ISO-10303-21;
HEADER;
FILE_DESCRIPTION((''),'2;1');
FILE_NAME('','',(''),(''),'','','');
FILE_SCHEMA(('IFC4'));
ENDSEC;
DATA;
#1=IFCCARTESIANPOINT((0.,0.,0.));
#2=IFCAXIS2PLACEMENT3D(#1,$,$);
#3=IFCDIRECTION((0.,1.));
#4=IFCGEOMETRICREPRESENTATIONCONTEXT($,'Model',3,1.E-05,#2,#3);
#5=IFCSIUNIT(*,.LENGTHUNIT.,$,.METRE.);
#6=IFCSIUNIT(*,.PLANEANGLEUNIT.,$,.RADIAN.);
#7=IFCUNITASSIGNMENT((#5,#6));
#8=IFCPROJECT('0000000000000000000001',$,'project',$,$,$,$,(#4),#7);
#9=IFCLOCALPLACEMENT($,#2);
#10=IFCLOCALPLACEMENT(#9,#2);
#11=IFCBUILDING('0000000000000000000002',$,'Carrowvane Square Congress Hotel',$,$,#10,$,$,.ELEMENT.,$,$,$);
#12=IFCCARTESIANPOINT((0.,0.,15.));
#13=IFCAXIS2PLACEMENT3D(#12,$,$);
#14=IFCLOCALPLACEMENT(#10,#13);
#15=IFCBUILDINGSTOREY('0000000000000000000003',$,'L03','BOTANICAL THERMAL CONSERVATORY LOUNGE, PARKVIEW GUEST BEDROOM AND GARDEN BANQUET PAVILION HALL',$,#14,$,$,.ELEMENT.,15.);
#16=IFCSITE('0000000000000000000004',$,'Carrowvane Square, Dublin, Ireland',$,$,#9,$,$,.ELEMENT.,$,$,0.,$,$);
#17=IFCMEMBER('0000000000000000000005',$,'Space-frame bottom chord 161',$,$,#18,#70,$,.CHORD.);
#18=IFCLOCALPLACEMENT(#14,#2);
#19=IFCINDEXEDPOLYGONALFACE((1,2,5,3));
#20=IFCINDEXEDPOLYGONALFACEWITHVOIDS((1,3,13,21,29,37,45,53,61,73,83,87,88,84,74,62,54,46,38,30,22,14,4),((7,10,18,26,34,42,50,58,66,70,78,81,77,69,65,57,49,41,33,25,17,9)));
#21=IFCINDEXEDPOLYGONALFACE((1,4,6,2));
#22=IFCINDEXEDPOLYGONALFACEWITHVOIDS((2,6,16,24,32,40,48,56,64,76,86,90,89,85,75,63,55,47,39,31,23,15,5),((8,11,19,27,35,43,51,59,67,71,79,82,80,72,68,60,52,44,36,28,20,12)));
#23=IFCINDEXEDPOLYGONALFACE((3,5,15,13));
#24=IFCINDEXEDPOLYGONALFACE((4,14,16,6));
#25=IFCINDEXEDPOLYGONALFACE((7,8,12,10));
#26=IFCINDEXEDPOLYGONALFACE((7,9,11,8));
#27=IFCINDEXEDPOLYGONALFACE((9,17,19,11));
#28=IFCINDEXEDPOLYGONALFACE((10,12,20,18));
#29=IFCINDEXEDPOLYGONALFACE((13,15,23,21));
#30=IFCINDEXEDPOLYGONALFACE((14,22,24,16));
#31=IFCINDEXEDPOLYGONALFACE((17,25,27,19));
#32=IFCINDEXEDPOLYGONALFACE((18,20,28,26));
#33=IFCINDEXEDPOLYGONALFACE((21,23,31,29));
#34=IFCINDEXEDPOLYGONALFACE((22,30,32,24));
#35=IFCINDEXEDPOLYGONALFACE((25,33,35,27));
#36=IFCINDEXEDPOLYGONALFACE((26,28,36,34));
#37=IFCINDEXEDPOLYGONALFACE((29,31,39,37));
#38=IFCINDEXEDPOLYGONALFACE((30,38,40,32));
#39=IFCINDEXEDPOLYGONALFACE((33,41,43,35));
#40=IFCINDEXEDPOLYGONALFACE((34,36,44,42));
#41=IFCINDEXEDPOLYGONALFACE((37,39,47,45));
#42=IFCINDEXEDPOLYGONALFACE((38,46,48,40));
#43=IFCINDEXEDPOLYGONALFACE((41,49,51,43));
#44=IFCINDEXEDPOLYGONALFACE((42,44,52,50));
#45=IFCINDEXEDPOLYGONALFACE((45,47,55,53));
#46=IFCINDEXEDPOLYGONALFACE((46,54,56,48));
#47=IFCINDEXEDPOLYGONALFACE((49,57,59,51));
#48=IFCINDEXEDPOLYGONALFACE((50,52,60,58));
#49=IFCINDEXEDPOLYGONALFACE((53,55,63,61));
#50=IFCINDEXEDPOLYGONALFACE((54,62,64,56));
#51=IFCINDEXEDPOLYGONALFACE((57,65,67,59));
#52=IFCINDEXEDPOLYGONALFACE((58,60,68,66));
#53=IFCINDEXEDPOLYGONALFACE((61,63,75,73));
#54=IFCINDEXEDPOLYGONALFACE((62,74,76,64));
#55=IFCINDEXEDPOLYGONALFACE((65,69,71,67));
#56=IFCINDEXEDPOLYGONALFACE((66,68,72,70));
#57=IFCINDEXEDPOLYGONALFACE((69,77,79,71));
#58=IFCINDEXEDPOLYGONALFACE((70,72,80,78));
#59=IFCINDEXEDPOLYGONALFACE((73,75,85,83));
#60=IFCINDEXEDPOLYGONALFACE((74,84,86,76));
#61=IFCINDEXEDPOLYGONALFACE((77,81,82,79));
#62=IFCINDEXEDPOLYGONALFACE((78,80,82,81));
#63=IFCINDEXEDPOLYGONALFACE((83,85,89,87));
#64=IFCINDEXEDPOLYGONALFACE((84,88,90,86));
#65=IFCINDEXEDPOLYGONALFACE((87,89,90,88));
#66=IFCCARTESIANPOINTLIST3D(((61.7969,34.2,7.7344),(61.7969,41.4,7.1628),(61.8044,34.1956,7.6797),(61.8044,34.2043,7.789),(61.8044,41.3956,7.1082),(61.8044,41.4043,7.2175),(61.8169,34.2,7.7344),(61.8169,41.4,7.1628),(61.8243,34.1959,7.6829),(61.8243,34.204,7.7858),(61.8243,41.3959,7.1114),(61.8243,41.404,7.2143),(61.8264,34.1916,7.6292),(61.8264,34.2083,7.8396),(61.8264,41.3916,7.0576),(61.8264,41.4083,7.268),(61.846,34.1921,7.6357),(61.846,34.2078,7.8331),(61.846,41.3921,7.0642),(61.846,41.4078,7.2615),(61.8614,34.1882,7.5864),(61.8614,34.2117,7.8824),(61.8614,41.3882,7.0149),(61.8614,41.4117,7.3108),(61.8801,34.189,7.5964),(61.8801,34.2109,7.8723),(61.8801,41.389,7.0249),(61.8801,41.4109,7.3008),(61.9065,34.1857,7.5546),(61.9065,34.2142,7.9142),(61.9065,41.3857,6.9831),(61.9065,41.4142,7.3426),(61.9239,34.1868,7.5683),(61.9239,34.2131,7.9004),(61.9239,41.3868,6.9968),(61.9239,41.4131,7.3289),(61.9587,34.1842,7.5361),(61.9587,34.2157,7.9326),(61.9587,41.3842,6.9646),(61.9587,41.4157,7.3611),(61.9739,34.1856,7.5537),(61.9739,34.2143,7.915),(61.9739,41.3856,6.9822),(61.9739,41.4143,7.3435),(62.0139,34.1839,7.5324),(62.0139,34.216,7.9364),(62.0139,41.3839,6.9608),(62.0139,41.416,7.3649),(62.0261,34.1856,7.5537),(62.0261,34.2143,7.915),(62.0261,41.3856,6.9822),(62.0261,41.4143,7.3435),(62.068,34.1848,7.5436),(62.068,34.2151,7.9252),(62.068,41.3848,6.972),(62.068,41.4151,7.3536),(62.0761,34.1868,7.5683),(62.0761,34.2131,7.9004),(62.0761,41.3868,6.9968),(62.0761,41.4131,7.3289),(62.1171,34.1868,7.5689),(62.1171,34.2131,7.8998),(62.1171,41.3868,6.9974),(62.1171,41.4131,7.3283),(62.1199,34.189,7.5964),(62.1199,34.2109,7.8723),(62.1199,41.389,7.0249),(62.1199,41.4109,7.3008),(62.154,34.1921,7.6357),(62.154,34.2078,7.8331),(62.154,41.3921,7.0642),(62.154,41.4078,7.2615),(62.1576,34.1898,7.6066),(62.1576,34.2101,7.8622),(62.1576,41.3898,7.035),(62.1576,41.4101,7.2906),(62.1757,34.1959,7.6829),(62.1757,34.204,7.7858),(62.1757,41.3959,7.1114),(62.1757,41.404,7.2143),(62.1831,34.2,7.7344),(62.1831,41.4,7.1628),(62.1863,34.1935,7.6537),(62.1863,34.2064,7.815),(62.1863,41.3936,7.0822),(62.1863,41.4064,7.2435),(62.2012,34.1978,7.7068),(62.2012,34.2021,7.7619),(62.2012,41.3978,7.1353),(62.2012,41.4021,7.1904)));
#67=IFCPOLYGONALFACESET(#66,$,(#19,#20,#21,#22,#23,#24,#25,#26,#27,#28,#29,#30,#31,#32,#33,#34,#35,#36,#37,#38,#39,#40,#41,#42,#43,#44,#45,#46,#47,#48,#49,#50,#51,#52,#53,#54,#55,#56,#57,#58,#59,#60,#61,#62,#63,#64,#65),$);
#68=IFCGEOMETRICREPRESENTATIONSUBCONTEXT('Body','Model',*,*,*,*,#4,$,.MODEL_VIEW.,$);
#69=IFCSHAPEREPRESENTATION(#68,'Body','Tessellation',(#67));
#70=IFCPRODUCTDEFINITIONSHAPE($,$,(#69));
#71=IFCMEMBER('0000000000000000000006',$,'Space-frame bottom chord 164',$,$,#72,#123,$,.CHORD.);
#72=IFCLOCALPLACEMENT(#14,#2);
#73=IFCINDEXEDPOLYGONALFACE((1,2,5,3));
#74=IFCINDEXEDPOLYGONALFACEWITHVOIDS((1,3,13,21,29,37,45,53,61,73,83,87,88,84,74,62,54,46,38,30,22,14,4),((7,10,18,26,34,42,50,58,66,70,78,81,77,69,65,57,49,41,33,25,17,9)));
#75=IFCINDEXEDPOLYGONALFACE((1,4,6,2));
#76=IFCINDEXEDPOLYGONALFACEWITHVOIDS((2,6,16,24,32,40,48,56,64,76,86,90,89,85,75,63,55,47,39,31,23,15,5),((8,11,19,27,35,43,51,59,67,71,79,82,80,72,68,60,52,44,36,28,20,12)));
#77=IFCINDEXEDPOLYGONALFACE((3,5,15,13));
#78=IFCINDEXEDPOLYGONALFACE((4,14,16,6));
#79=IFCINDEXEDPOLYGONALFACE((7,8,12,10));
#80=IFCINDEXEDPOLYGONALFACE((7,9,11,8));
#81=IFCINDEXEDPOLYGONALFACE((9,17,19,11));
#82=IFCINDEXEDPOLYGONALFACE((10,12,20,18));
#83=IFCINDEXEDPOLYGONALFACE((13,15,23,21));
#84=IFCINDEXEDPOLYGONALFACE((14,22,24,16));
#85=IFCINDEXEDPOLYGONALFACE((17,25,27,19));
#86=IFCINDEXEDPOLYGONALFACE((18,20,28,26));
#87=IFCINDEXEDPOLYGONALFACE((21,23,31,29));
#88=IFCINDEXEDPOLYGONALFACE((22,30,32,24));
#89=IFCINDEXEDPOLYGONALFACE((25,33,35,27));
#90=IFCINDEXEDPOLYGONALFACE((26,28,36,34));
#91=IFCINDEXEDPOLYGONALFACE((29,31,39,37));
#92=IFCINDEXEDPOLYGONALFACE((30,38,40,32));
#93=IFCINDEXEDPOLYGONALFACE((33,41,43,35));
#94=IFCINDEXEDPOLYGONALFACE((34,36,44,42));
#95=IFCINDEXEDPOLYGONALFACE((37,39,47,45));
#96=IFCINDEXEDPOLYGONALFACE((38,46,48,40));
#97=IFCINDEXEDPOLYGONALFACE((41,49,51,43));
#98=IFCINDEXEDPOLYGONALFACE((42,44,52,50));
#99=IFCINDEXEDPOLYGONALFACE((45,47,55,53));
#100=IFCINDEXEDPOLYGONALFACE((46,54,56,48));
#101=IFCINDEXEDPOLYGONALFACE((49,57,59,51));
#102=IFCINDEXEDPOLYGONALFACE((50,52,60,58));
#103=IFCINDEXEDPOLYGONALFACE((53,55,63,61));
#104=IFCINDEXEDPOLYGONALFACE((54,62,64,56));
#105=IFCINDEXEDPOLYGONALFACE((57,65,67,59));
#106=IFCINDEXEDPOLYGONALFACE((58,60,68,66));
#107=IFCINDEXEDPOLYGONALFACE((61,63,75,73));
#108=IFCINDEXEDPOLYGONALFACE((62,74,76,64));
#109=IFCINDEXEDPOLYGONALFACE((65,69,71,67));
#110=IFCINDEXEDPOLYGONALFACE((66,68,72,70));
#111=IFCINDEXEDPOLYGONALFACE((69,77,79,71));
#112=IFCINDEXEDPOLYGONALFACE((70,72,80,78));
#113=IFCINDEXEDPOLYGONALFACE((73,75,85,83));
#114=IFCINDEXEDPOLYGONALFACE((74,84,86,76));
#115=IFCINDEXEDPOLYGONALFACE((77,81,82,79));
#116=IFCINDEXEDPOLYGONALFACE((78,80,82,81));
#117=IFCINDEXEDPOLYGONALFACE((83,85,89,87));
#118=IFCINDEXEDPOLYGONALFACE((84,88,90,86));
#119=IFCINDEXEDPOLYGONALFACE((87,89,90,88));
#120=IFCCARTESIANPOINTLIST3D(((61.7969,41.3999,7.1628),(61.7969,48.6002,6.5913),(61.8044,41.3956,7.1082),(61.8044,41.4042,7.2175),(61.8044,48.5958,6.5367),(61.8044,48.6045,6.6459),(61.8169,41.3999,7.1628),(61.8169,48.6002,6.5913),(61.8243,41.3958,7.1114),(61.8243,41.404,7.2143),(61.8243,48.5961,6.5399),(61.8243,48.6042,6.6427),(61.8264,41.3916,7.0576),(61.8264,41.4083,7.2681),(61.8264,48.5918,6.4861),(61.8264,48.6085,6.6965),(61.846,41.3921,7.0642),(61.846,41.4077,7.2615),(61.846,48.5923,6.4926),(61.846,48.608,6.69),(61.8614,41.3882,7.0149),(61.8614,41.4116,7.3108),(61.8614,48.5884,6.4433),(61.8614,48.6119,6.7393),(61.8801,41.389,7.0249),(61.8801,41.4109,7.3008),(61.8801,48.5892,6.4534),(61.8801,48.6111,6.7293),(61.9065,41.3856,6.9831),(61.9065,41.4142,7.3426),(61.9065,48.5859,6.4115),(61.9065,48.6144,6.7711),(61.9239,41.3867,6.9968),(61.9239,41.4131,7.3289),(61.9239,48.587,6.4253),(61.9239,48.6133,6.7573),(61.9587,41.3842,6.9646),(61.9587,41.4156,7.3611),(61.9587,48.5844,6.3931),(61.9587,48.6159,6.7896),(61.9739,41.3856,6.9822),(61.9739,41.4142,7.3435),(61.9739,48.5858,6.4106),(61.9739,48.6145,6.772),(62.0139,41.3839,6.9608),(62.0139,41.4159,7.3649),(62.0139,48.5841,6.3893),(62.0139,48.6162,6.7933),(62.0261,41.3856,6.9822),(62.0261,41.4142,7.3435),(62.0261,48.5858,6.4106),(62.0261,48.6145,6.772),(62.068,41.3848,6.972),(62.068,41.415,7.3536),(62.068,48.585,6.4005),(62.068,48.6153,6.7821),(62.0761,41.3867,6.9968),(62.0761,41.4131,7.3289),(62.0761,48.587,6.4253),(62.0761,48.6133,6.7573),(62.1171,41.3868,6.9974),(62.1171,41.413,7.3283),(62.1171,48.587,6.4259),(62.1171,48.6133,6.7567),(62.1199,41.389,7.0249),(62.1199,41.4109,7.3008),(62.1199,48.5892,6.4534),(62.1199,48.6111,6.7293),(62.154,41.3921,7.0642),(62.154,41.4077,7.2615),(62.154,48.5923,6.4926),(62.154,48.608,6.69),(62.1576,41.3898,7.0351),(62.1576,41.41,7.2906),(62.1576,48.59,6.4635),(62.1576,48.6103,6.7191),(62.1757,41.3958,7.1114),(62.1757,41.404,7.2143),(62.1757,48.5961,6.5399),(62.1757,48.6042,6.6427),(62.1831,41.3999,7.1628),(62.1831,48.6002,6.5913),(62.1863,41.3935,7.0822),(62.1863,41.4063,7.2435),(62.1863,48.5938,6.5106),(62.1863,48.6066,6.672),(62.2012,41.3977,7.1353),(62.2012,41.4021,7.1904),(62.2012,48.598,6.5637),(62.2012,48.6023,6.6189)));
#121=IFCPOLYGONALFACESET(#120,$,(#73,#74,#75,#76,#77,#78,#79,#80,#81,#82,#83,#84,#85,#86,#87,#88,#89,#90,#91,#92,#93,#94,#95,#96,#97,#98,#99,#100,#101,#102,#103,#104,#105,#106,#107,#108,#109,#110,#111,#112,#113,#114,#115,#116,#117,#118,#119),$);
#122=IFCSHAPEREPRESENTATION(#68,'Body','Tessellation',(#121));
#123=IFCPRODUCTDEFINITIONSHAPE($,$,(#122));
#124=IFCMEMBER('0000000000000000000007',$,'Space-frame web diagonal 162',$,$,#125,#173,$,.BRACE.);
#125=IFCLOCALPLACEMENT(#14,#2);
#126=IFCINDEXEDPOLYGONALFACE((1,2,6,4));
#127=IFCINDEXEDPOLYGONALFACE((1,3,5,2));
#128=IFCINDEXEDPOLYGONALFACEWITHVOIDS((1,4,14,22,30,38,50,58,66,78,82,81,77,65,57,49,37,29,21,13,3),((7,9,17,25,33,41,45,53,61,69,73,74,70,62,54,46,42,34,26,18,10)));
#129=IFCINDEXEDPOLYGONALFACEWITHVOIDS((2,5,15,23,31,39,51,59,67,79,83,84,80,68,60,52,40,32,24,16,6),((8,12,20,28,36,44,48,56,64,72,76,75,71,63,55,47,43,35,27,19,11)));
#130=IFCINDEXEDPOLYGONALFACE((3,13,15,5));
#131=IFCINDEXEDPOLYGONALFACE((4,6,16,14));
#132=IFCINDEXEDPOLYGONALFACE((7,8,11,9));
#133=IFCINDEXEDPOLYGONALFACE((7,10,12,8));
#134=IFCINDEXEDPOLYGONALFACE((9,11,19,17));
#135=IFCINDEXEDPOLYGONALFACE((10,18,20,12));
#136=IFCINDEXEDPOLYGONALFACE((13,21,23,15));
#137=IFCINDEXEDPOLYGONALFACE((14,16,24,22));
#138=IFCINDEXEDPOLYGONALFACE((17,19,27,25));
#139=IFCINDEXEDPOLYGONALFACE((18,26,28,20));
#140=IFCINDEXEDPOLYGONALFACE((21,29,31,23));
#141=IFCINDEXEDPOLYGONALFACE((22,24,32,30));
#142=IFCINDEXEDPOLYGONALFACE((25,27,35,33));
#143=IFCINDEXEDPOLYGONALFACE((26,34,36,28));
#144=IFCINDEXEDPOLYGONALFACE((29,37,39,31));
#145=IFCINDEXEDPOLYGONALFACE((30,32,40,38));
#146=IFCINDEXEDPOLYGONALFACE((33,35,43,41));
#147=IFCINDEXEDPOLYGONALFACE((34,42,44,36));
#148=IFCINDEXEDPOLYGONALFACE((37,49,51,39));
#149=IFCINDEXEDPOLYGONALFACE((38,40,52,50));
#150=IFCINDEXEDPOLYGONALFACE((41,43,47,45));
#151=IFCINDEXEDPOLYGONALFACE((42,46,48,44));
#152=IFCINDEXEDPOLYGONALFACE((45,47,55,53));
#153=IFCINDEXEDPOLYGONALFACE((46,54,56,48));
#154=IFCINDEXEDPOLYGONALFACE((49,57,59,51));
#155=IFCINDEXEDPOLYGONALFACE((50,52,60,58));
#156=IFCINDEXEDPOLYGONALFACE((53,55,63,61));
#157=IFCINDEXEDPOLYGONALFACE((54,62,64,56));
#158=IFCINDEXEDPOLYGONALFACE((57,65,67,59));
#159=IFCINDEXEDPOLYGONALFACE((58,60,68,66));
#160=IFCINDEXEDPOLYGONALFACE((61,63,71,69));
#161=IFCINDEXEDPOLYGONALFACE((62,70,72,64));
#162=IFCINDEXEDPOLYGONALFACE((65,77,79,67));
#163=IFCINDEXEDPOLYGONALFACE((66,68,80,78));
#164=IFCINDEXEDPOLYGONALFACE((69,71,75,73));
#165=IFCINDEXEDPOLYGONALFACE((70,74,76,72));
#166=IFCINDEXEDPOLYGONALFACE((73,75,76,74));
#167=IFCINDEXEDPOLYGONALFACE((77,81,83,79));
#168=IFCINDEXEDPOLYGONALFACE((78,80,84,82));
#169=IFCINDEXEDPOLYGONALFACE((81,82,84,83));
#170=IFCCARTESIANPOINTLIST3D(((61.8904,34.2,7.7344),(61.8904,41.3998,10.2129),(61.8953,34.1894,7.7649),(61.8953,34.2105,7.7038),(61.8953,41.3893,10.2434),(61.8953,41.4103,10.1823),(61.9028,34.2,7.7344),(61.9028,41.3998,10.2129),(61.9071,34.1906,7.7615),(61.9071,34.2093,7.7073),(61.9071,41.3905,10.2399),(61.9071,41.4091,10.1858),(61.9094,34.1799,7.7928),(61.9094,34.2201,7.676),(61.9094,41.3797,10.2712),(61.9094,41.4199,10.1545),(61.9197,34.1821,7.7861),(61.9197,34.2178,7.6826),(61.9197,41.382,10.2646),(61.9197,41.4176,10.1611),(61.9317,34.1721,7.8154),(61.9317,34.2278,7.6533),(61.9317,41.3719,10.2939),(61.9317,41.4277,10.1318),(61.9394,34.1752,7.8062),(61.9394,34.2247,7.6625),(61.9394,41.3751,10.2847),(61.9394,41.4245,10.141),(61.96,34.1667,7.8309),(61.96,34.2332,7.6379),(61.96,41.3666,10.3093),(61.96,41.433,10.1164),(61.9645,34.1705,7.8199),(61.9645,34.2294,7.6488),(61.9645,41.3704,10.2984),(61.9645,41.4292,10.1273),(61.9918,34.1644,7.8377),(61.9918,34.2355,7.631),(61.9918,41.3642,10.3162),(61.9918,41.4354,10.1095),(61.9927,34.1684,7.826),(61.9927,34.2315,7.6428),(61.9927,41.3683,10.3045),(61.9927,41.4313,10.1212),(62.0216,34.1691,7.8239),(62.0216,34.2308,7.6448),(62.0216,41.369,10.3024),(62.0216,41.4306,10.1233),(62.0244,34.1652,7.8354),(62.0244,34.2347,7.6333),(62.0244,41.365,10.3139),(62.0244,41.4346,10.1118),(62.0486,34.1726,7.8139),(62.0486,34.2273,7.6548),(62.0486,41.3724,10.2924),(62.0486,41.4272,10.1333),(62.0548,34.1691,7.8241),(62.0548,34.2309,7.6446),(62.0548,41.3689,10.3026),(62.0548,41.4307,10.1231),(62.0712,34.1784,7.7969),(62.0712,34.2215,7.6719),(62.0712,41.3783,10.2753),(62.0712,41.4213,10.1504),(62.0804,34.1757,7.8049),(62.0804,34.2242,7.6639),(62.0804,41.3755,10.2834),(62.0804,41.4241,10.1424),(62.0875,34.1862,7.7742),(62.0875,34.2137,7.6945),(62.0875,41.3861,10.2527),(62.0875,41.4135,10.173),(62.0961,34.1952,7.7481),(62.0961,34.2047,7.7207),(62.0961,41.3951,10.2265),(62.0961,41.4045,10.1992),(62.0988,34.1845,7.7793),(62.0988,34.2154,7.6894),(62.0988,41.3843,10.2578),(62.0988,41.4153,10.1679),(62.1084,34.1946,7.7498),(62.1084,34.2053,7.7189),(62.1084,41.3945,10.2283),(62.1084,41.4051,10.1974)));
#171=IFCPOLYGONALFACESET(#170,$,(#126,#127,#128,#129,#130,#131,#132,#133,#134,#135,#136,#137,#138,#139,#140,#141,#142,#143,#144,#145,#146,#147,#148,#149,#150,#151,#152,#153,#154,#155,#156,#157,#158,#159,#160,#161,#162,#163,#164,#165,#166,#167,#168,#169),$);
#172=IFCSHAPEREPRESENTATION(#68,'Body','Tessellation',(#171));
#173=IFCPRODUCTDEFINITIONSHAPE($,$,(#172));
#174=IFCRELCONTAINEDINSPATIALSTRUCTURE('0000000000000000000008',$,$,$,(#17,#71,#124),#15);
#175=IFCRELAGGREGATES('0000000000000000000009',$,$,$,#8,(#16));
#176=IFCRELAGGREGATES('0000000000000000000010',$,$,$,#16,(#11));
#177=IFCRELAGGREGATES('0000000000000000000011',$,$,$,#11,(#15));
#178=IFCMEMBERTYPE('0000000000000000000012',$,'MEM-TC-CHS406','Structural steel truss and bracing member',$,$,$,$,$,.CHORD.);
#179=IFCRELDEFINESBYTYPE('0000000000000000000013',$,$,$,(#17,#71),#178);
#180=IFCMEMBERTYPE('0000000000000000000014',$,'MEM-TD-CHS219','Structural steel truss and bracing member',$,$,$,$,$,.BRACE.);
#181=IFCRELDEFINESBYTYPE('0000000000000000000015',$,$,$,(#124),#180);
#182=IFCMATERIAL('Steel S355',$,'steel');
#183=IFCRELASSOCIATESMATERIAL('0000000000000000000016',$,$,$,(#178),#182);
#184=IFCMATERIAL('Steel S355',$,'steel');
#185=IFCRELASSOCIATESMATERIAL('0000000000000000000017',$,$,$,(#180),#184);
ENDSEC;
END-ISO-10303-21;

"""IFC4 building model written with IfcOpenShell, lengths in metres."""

from ifc_helpers import new_model, si_unit, direction, frame, origin, origin_2d, place, context, subcontext, project, spatial, hollow_circle, extrude, material, material_profile, profile_set, type_object, element, save


model = new_model("IFC4")

# Units and contexts
model_context = context("Model", 3, precision=1e-05, world=origin(), true_north=direction((0.0, 1.0)))
body_context = subcontext(model_context, "Body", "Model", "MODEL_VIEW")
ifc_project = project(units=[si_unit("LENGTHUNIT", "METRE"), si_unit("PLANEANGLEUNIT", "RADIAN")], contexts=[model_context])

# Site, building, storey
site_placement = place(None, origin())
site = spatial("IfcSite", under=ifc_project, at=site_placement, Name="Carrowvane Square, Dublin, Ireland", CompositionType="ELEMENT", RefElevation=0.0)
building_placement = place(site_placement, origin())
building = spatial("IfcBuilding", under=site, at=building_placement, Name="Carrowvane Square Congress Hotel", CompositionType="ELEMENT")
storey_placement = place(building_placement, frame((0.0, 0.0, 15.0)))
storey = spatial("IfcBuildingStorey", under=building, at=storey_placement, Name="L03", Description="BOTANICAL THERMAL CONSERVATORY LOUNGE, PARKVIEW GUEST BEDROOM AND GARDEN BANQUET PAVILION HALL", CompositionType="ELEMENT", Elevation=15.0)

# Members
ifc_material_1 = material(Name="Steel S355", Category="steel")
ifc_material_profile_1 = material_profile(ifc_material_1, hollow_circle(Radius=0.2031, WallThickness=0.02, at=origin_2d()), Name="CHS 406.4x20")
ifc_profile_set_1 = profile_set([ifc_material_profile_1], Name="Steel S355")
member_type_1 = type_object("IfcMemberType", Name="MEM-TC-CHS406", Description="Structural steel truss and bracing member", PredefinedType="CHORD", material=ifc_profile_set_1)
member_1_placement = place(storey_placement, frame((62.0, 34.2, 7.7344), z_axis=(0.0, 0.996864, -0.079131), x_axis=(-1.0, 0.0, 0.0)))
element("IfcMember", 1, at=member_1_placement, inside=storey, type_object=member_type_1, Name="Space-frame bottom chord 161", PredefinedType="CHORD", context=body_context, shape_type="SweptSolid", body=[
    extrude(hollow_circle(Radius=0.2031, WallThickness=0.02, at=origin_2d()), origin(), (0.0, 0.0, 1.0), 7.2227),
])
member_2_placement = place(storey_placement, frame((62.0, 41.3999, 7.1628), z_axis=(0.0, 0.996864, -0.079129), x_axis=(-1.0, 0.0, 0.0)))
element("IfcMember", 2, at=member_2_placement, inside=storey, type_object=member_type_1, Name="Space-frame bottom chord 164", PredefinedType="CHORD", context=body_context, shape_type="SweptSolid", body=[
    extrude(hollow_circle(Radius=0.2031, WallThickness=0.02, at=origin_2d()), origin(), (0.0, 0.0, 1.0), 7.2229),
])
ifc_material_2 = material(Name="Steel S355", Category="steel")
ifc_material_profile_2 = material_profile(ifc_material_2, hollow_circle(Radius=0.1096, WallThickness=0.0125, at=origin_2d()), Name="CHS 219.1x12.5")
ifc_profile_set_2 = profile_set([ifc_material_profile_2], Name="Steel S355")
member_type_2 = type_object("IfcMemberType", Name="MEM-TD-CHS219", Description="Structural steel truss and bracing member", PredefinedType="BRACE", material=ifc_profile_set_2)
member_3_placement = place(storey_placement, frame((62.0, 34.2, 7.7344), z_axis=(0.0, 0.945544, 0.325495), x_axis=(-1.0, 0.0, 0.0)))
element("IfcMember", 3, at=member_3_placement, inside=storey, type_object=member_type_2, Name="Space-frame web diagonal 162", PredefinedType="BRACE", context=body_context, shape_type="SweptSolid", body=[
    extrude(hollow_circle(Radius=0.1096, WallThickness=0.0125, at=origin_2d()), origin(), (0.0, 0.0, 1.0), 7.6145),
])

save(model, "model.ifc")
